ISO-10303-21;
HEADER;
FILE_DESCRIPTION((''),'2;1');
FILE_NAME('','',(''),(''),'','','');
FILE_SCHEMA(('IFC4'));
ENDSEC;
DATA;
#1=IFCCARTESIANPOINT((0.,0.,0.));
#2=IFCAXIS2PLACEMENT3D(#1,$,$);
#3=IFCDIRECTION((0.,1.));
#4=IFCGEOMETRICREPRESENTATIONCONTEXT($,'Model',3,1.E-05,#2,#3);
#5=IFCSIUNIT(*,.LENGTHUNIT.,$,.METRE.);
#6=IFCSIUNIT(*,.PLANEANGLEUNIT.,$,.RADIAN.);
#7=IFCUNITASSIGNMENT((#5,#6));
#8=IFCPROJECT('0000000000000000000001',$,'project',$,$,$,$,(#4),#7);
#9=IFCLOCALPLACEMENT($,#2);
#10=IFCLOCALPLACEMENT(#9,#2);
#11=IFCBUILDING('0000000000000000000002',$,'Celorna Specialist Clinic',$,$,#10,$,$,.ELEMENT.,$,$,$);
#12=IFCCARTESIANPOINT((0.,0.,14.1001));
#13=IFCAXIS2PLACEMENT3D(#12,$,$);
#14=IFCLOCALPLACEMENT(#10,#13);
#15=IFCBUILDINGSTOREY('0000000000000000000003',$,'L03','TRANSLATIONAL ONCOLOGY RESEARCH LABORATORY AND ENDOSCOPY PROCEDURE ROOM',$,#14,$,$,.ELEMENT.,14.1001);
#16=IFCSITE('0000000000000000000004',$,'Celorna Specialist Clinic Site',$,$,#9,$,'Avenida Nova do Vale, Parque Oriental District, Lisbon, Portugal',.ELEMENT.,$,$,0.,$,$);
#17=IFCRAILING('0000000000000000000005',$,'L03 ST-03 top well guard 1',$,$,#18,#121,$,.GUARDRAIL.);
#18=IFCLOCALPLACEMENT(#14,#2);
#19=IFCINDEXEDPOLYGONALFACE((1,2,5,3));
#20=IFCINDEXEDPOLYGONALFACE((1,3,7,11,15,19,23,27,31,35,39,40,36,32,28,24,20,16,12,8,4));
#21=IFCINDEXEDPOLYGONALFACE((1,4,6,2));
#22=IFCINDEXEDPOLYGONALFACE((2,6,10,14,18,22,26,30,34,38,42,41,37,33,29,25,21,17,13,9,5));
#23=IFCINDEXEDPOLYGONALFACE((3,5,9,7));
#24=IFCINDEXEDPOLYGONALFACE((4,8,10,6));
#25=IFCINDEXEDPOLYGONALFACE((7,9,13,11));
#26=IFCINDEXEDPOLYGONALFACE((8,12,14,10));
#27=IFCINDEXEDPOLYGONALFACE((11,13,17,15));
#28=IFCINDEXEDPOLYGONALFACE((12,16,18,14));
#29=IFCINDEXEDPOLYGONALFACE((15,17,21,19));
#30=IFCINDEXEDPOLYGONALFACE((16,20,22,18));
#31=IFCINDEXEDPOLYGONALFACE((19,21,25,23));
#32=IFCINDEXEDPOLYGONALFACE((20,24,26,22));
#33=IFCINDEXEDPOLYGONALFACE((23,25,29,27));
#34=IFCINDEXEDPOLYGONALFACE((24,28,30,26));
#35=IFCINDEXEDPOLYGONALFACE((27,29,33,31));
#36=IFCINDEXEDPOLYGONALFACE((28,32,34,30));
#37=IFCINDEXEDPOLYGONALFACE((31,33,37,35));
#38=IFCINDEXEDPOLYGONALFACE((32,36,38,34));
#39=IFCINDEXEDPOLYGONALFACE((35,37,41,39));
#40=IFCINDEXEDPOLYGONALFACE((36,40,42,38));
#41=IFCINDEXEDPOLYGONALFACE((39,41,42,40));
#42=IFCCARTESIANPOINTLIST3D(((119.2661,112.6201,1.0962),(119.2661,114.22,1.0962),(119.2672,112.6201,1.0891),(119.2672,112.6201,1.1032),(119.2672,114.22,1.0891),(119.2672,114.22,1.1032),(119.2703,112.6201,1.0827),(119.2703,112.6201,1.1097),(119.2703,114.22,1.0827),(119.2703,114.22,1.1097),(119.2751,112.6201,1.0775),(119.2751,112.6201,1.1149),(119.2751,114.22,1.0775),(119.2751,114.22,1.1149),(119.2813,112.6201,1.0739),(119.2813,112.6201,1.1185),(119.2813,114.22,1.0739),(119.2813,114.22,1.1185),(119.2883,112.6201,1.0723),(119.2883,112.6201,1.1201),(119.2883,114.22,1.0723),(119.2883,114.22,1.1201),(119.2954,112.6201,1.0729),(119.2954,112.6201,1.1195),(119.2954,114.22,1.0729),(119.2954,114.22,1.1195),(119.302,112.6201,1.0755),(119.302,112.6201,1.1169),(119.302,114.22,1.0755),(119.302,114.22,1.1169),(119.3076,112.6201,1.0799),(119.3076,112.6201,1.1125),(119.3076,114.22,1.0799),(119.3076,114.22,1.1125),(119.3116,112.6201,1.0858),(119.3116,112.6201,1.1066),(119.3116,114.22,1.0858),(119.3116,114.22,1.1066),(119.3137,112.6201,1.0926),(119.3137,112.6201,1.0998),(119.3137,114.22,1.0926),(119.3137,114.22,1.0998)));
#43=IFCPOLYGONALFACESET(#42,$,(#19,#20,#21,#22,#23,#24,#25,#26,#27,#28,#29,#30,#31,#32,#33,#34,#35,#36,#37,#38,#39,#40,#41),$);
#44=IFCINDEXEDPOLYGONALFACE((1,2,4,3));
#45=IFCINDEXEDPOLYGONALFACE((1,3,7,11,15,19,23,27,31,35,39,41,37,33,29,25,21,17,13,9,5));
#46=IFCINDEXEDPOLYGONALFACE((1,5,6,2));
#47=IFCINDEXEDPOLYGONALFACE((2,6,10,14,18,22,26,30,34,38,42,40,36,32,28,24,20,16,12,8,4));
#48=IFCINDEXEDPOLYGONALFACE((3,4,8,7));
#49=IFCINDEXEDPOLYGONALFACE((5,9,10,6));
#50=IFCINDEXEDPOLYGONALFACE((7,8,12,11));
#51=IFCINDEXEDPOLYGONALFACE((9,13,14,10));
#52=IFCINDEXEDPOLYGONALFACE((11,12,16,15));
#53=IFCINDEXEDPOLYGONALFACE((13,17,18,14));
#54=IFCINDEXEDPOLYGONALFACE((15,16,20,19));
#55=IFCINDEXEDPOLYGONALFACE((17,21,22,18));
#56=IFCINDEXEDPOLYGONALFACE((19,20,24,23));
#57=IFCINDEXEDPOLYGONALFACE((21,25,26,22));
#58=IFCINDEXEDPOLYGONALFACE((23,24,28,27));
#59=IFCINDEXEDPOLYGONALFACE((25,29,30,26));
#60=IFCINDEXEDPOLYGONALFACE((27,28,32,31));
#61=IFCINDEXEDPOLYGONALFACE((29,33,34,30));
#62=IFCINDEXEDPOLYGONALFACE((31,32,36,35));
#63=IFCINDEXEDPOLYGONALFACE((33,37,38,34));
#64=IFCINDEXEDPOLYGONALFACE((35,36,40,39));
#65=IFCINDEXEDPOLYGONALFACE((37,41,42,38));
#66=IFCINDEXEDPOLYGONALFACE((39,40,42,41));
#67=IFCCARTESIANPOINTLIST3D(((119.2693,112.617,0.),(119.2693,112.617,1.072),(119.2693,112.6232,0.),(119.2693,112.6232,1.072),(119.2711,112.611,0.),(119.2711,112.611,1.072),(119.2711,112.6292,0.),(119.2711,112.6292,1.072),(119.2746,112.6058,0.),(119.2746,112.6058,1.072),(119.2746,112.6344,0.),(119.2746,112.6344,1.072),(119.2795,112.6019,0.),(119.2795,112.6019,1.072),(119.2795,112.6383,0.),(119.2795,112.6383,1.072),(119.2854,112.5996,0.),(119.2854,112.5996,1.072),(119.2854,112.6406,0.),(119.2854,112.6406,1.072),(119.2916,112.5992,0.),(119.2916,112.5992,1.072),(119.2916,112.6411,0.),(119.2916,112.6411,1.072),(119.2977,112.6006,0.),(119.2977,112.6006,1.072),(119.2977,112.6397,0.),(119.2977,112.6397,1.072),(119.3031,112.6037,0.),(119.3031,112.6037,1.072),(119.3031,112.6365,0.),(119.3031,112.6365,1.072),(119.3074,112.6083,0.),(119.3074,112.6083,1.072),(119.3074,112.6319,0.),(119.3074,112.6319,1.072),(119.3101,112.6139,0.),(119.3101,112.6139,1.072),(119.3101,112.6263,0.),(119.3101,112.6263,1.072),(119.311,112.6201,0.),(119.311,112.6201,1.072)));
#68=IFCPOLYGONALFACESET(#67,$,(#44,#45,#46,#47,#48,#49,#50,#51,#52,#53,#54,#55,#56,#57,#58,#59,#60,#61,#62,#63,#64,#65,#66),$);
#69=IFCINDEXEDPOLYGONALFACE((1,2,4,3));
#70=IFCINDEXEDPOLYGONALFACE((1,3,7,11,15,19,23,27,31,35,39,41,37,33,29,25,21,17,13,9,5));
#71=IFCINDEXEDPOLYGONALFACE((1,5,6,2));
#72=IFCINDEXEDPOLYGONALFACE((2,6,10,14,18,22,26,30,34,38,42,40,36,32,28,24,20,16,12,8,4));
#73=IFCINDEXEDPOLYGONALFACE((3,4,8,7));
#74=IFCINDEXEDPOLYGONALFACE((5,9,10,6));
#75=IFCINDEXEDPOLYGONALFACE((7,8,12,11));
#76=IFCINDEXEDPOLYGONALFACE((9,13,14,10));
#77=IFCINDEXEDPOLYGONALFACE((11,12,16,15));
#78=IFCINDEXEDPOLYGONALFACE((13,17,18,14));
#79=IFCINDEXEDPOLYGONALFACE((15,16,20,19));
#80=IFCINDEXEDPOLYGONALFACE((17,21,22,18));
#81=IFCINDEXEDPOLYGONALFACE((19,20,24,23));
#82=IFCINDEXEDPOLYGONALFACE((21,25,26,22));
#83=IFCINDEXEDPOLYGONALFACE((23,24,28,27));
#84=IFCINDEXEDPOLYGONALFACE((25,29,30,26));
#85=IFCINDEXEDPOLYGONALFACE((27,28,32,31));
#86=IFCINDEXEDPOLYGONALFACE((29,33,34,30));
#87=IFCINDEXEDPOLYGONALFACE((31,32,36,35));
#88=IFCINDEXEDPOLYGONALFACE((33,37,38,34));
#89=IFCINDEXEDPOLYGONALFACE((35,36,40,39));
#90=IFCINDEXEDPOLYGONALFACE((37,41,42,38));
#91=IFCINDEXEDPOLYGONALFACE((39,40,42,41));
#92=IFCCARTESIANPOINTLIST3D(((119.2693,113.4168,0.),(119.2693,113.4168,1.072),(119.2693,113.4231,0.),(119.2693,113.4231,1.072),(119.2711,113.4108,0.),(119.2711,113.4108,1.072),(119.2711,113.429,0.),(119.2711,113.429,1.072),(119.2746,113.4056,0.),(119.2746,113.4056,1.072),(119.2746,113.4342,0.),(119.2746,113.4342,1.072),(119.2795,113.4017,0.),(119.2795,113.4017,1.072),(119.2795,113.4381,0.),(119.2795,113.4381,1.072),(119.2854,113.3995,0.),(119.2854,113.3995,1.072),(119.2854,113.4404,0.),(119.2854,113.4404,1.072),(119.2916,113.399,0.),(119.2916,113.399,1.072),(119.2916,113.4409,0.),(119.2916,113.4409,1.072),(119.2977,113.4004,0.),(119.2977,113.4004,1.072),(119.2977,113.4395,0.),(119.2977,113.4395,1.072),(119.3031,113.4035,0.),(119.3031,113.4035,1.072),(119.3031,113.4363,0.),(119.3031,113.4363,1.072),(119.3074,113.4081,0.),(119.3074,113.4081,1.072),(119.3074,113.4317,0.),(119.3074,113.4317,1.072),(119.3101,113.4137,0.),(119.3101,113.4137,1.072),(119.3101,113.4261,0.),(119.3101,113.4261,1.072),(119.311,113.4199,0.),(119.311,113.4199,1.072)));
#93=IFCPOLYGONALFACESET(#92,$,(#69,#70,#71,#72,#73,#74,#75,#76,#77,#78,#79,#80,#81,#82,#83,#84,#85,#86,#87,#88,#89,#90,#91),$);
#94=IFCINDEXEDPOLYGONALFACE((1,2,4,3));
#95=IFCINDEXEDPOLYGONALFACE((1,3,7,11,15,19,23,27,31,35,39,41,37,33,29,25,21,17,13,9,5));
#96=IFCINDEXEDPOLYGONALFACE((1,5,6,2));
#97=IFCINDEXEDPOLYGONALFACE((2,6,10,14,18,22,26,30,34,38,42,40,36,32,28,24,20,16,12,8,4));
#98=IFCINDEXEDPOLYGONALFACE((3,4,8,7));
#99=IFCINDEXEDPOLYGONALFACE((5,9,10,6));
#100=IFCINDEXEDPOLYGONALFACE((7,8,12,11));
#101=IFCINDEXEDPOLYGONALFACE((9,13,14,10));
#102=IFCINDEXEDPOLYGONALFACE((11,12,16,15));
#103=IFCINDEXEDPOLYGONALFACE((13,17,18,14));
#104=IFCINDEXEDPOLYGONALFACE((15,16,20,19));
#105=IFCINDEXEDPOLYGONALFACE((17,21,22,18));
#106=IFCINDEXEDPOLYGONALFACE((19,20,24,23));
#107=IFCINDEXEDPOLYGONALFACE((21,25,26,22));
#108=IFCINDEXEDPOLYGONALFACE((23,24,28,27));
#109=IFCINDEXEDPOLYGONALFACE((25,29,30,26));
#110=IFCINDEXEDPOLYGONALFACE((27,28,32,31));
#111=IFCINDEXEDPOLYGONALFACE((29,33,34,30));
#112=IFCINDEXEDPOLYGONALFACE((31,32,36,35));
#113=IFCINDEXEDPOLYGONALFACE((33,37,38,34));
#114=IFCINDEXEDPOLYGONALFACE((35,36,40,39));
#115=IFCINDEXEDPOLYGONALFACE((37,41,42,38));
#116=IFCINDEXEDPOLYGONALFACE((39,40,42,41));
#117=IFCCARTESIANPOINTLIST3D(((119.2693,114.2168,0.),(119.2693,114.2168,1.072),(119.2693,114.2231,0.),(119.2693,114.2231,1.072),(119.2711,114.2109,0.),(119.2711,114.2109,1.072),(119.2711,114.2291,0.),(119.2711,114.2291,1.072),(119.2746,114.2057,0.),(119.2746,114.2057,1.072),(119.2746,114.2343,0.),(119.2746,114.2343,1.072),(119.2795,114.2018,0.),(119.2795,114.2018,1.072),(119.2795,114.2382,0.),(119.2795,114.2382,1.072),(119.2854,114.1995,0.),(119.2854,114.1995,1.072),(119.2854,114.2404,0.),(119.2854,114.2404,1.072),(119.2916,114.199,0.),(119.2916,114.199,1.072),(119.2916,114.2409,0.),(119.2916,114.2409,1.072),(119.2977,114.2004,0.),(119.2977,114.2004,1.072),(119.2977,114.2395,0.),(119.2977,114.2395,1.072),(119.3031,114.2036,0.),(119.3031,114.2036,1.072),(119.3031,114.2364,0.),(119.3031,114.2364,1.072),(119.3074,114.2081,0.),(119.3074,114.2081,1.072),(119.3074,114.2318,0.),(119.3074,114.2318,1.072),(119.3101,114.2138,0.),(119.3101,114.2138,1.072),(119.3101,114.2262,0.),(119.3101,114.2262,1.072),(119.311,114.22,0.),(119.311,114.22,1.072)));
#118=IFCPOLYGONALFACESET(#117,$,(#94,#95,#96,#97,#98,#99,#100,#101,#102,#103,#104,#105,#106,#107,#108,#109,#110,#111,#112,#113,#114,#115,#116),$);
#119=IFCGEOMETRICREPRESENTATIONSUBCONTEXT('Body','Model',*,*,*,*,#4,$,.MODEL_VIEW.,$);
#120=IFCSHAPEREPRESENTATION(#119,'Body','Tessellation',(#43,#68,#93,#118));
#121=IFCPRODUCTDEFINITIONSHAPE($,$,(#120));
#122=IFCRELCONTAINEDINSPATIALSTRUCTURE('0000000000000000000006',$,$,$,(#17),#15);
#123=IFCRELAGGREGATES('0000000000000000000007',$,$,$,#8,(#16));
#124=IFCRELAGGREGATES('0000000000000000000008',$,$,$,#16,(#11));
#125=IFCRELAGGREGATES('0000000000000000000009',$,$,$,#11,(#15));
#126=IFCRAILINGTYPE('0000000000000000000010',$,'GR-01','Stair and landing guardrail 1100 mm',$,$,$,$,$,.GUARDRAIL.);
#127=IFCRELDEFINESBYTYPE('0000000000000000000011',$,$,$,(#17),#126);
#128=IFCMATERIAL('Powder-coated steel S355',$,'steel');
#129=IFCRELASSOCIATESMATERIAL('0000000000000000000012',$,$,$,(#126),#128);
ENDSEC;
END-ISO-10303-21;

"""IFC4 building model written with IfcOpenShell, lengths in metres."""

from ifc_helpers import new_model, si_unit, direction, frame, origin, origin_2d, place, context, subcontext, project, spatial, circle, extrude, material, type_object, element, save


model = new_model("IFC4")

# Units and contexts
model_context = context("Model", 3, precision=1e-05, world=origin(), true_north=direction((0.0, 1.0)))
body_context = subcontext(model_context, "Body", "Model", "MODEL_VIEW")
ifc_project = project(units=[si_unit("LENGTHUNIT", "METRE"), si_unit("PLANEANGLEUNIT", "RADIAN")], contexts=[model_context])

# Site, building, storey
site_placement = place(None, origin())
site = spatial("IfcSite", under=ifc_project, at=site_placement, Name="Celorna Specialist Clinic Site", LongName="Avenida Nova do Vale, Parque Oriental District, Lisbon, Portugal", CompositionType="ELEMENT", RefElevation=0.0)
building_placement = place(site_placement, origin())
building = spatial("IfcBuilding", under=site, at=building_placement, Name="Celorna Specialist Clinic", CompositionType="ELEMENT")
storey_placement = place(building_placement, frame((0.0, 0.0, 14.1001)))
storey = spatial("IfcBuildingStorey", under=building, at=storey_placement, Name="L03", Description="TRANSLATIONAL ONCOLOGY RESEARCH LABORATORY AND ENDOSCOPY PROCEDURE ROOM", CompositionType="ELEMENT", Elevation=14.1001)

# Railing
ifc_material_1 = material(Name="Powder-coated steel S355", Category="steel")
railing_type = type_object("IfcRailingType", Name="GR-01", Description="Stair and landing guardrail 1100 mm", PredefinedType="GUARDRAIL", material=ifc_material_1)
railing_placement = place(storey_placement, frame((119.29, 112.6201, 0.0)))
element("IfcRailing", 1, at=railing_placement, inside=storey, type_object=railing_type, Name="L03 ST-03 top well guard 1", PredefinedType="GUARDRAIL", context=body_context, shape_type="SweptSolid", body=[
    extrude(circle(Radius=0.0239, at=origin_2d()), frame((0.0, 0.0, 1.0962), z_axis=(0.0, 1.0, 0.0), x_axis=(-1.0, 0.0, 0.0)), (0.0, 0.0, 1.0), 1.5999),
    extrude(circle(Radius=0.021, at=origin_2d()), origin(), (0.0, 0.0, 1.0), 1.072),
    extrude(circle(Radius=0.021, at=origin_2d()), frame((0.0, 0.7998, 0.0)), (0.0, 0.0, 1.0), 1.072),
    extrude(circle(Radius=0.021, at=origin_2d()), frame((0.0, 1.5999, 0.0)), (0.0, 0.0, 1.0), 1.072),
])

save(model, "model.ifc")
